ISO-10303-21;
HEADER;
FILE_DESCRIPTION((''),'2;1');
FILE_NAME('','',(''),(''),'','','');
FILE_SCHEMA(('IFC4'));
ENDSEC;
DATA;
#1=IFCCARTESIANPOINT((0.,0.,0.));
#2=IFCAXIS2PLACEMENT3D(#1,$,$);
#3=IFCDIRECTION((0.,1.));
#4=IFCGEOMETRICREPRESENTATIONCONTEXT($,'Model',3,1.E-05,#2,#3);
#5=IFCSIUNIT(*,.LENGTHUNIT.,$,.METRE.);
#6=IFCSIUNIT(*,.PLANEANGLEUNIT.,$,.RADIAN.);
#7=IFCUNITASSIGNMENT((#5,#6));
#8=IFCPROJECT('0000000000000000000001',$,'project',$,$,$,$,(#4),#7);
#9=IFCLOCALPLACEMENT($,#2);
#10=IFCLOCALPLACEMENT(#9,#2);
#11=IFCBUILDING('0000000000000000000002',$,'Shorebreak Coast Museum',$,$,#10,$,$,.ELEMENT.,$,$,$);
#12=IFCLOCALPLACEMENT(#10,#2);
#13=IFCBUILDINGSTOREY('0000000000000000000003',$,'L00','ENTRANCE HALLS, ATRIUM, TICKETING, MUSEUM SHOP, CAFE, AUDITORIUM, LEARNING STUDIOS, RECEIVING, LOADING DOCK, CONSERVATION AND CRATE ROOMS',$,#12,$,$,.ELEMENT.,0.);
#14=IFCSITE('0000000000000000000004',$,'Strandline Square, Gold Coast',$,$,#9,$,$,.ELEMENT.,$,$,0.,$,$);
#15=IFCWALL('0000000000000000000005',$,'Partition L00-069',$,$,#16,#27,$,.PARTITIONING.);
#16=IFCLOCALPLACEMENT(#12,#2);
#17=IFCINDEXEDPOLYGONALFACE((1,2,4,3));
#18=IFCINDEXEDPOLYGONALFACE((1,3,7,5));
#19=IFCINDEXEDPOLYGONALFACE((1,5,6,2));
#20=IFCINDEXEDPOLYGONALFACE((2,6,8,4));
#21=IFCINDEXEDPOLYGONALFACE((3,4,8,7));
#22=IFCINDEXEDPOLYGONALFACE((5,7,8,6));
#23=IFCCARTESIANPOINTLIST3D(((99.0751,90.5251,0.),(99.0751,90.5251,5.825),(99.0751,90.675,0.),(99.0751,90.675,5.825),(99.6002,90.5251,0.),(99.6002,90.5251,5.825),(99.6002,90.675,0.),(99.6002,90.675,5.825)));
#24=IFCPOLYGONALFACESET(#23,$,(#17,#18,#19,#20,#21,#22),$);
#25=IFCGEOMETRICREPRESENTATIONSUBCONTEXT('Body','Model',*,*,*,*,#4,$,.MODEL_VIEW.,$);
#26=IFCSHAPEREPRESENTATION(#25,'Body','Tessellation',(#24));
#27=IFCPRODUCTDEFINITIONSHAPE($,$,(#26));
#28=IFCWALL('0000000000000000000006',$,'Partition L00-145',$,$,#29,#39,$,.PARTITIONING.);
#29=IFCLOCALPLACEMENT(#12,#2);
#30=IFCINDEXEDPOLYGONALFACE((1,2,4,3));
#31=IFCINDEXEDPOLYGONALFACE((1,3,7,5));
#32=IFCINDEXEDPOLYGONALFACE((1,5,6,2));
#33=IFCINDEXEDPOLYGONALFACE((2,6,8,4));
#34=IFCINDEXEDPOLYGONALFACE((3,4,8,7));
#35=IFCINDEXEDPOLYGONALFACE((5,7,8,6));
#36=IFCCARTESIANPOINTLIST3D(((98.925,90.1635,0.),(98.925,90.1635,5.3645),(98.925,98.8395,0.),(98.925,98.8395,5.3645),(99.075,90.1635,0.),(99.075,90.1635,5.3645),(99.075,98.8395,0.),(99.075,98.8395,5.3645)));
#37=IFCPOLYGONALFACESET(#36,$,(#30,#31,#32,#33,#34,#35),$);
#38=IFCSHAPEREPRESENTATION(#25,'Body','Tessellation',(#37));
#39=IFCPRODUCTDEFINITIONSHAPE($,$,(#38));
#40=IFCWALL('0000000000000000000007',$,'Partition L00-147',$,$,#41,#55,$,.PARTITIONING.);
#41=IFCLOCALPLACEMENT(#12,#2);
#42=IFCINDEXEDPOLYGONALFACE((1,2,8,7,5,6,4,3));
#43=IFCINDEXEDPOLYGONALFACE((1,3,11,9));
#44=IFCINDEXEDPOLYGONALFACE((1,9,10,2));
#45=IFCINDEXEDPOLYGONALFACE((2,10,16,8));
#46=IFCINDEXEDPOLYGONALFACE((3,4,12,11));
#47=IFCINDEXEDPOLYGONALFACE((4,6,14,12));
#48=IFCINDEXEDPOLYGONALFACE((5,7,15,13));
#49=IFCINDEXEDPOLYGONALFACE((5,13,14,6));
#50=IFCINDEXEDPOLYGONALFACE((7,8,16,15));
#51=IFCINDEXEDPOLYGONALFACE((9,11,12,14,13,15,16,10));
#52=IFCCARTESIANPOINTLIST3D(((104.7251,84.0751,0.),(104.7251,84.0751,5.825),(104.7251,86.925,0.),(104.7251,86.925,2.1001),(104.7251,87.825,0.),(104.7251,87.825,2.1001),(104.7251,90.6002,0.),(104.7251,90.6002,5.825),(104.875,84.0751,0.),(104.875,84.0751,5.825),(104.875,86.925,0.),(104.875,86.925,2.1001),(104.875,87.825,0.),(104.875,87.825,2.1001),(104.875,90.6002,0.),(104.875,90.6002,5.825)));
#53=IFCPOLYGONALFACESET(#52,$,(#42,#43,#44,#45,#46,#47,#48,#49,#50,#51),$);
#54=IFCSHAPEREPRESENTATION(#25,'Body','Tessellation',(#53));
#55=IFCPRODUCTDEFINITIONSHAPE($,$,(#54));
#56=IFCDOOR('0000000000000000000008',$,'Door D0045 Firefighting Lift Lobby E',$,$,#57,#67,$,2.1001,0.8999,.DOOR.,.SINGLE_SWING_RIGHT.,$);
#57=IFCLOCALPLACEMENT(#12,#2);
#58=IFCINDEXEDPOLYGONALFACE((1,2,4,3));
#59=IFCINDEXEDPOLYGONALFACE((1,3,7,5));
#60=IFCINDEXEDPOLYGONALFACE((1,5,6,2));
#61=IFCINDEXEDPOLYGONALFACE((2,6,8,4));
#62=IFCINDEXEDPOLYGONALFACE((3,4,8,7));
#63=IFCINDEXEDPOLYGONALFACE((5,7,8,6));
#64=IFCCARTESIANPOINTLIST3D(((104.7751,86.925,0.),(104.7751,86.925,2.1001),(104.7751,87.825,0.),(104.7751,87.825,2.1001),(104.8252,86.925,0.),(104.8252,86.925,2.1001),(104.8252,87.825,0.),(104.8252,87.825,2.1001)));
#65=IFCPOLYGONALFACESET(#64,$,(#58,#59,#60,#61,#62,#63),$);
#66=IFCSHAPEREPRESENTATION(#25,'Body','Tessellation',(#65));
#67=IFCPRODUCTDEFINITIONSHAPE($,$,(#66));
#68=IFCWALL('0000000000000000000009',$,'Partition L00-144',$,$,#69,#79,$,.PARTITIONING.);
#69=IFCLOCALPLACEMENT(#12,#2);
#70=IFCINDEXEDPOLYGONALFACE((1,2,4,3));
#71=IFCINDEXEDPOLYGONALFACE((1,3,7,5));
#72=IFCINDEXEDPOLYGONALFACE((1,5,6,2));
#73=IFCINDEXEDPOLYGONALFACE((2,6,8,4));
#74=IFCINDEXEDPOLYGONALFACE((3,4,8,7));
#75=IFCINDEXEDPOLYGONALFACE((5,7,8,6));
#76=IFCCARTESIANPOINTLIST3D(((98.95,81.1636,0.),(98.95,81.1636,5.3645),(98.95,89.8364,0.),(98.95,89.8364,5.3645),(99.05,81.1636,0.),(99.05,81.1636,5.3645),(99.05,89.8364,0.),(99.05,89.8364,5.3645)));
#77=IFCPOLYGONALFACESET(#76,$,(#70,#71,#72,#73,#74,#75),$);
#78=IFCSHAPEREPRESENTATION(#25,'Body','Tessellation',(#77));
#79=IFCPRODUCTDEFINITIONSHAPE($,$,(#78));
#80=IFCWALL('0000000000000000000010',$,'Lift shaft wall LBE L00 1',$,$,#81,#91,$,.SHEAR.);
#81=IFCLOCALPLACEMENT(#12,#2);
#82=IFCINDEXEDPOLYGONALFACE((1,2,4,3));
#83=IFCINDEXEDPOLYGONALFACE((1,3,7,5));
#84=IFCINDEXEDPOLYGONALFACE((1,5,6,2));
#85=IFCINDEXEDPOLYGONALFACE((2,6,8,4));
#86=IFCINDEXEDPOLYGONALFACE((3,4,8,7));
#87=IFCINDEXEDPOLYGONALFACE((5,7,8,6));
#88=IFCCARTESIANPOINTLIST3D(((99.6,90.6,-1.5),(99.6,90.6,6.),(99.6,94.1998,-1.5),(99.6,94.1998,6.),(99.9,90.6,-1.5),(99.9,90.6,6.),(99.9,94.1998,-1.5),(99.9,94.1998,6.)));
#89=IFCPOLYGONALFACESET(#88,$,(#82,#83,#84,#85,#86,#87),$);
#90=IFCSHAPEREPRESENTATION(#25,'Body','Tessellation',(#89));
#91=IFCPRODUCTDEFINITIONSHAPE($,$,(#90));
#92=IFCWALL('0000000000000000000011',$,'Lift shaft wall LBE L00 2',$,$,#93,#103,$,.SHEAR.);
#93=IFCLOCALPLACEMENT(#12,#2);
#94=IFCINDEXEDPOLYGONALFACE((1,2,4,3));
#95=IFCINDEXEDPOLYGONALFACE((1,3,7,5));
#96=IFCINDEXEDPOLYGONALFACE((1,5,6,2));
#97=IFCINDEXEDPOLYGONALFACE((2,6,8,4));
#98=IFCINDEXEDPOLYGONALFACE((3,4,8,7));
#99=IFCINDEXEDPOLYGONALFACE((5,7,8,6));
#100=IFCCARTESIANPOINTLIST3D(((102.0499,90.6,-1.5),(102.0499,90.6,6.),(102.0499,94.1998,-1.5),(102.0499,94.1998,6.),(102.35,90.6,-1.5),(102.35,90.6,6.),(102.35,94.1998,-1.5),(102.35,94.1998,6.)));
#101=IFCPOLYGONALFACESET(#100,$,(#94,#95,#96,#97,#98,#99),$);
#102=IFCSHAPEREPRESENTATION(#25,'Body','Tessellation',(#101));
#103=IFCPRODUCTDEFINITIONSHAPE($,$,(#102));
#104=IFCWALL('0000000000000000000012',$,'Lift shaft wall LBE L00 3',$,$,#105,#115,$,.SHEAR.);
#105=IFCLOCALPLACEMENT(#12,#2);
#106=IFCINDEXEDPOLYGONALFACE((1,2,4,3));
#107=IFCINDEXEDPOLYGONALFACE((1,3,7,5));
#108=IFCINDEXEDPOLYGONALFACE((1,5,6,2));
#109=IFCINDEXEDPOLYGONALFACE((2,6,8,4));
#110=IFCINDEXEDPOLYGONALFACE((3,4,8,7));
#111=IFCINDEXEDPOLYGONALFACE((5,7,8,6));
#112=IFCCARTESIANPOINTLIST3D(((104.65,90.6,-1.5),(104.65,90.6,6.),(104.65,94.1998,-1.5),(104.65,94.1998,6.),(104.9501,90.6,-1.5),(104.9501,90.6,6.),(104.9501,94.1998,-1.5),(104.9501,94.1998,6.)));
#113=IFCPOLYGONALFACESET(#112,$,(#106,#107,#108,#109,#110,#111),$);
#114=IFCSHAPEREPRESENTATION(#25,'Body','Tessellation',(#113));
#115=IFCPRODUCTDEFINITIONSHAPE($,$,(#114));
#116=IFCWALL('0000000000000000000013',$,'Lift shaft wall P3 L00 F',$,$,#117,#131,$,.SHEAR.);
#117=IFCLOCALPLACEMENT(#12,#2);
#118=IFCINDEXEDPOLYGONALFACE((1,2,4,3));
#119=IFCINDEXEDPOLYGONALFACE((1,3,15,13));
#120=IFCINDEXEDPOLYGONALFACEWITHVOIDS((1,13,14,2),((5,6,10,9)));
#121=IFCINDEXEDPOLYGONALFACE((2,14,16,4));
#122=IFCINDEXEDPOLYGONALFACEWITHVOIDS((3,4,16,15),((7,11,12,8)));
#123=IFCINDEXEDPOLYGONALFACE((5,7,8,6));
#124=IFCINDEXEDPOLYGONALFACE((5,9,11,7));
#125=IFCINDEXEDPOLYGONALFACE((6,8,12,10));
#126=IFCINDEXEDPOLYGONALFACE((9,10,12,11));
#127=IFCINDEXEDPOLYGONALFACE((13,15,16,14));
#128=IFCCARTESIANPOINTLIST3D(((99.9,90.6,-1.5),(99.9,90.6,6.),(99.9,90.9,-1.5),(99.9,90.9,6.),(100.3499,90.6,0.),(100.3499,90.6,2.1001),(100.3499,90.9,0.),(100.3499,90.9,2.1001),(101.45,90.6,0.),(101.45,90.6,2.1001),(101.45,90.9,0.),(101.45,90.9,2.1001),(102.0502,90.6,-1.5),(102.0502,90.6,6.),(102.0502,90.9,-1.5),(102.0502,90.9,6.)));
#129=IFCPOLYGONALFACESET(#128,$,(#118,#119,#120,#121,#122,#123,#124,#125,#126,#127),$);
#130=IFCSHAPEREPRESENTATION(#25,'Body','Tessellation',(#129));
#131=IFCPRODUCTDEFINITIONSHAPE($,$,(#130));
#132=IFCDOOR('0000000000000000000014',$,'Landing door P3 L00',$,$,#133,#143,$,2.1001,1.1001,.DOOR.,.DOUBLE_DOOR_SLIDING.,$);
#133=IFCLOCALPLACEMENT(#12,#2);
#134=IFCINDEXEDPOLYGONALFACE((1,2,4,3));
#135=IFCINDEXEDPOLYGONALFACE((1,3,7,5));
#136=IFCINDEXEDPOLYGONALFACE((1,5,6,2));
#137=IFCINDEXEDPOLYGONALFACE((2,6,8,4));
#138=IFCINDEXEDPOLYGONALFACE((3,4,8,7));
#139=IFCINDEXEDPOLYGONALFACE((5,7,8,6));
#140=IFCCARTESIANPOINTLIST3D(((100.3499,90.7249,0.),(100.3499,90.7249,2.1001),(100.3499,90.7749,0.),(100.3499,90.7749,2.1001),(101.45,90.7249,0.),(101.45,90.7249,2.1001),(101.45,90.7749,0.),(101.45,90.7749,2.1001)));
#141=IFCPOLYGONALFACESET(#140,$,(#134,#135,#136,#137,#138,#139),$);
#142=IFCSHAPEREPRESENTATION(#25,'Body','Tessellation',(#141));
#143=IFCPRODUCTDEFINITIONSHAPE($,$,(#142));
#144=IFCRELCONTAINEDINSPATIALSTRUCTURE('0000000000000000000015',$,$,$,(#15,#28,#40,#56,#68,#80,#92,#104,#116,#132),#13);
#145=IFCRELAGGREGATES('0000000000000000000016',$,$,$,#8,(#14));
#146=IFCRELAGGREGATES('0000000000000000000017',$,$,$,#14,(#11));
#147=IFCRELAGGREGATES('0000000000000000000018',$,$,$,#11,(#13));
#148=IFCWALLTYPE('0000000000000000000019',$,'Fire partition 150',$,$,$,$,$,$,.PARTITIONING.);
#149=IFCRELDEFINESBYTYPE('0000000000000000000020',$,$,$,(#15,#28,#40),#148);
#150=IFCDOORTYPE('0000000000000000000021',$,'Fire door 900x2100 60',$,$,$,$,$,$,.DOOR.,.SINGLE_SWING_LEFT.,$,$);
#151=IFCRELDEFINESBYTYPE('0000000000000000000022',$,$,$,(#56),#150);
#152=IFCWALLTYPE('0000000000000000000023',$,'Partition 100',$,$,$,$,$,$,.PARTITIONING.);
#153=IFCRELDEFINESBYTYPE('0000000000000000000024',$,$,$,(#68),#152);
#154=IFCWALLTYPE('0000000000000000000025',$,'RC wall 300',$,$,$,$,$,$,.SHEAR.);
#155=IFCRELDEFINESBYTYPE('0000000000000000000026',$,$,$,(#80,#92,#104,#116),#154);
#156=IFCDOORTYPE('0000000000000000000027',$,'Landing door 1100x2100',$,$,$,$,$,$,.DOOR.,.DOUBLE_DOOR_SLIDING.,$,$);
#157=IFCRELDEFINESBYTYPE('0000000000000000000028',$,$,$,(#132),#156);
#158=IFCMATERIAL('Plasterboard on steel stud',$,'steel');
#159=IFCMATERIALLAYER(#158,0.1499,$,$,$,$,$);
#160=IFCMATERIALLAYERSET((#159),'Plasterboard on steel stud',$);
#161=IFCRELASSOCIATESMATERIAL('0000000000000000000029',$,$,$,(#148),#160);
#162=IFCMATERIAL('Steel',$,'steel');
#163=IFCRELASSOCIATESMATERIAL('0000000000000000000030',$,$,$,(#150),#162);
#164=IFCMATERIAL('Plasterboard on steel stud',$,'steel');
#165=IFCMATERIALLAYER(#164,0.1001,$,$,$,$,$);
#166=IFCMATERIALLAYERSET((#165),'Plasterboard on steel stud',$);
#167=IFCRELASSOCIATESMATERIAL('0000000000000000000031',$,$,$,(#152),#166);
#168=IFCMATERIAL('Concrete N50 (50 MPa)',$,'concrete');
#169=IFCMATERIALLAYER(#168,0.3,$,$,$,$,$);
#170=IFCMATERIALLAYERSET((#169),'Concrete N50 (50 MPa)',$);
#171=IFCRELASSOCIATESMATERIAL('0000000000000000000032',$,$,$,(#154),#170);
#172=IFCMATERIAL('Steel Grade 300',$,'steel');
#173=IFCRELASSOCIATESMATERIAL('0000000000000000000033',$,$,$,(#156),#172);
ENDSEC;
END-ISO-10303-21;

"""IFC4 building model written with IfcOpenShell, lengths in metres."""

from ifc_helpers import new_model, si_unit, direction, frame, frame_2d, origin, place, context, subcontext, project, spatial, rectangle, extrude, material, layer, layer_set, type_object, element, fill, save


model = new_model("IFC4")

# Units and contexts
model_context = context("Model", 3, precision=1e-05, world=origin(), true_north=direction((0.0, 1.0)))
body_context = subcontext(model_context, "Body", "Model", "MODEL_VIEW")
ifc_project = project(units=[si_unit("LENGTHUNIT", "METRE"), si_unit("PLANEANGLEUNIT", "RADIAN")], contexts=[model_context])

# Site, building, storey
site_placement = place(None, origin())
site = spatial("IfcSite", under=ifc_project, at=site_placement, Name="Strandline Square, Gold Coast", CompositionType="ELEMENT", RefElevation=0.0)
building_placement = place(site_placement, origin())
building = spatial("IfcBuilding", under=site, at=building_placement, Name="Shorebreak Coast Museum", CompositionType="ELEMENT")
storey_placement = place(building_placement, origin())
storey = spatial("IfcBuildingStorey", under=building, at=storey_placement, Name="L00", Description="ENTRANCE HALLS, ATRIUM, TICKETING, MUSEUM SHOP, CAFE, AUDITORIUM, LEARNING STUDIOS, RECEIVING, LOADING DOCK, CONSERVATION AND CRATE ROOMS", CompositionType="ELEMENT", Elevation=0.0)

# Walls
ifc_material_1 = material(Name="Plasterboard on steel stud", Category="steel")
ifc_layer_1 = layer(ifc_material_1, 0.1499)
ifc_layer_set_1 = layer_set([ifc_layer_1], Name="Plasterboard on steel stud")
wall_type_1 = type_object("IfcWallType", Name="Fire partition 150", PredefinedType="PARTITIONING", material=ifc_layer_set_1)
wall_1_placement = place(storey_placement, frame((99.075, 90.6001, 0.0), z_axis=(0.0, 0.0, 1.0), x_axis=(1.0, 0.0, 0.0)))
element("IfcWall", 1, at=wall_1_placement, inside=storey, type_object=wall_type_1, Name="Partition L00-069", PredefinedType="PARTITIONING", context=body_context, shape_type="SweptSolid", body=[
    extrude(rectangle(XDim=0.5251, YDim=0.1499, at=frame_2d((0.2627, 0.0))), origin(), (0.0, 0.0, 1.0), 5.825),
])
wall_2_placement = place(storey_placement, frame((99.0, 90.1636, 0.0), z_axis=(0.0, 0.0, 1.0), x_axis=(0.0, 1.0, 0.0)))
element("IfcWall", 2, at=wall_2_placement, inside=storey, type_object=wall_type_1, Name="Partition L00-145", PredefinedType="PARTITIONING", context=body_context, shape_type="SweptSolid", body=[
    extrude(rectangle(XDim=8.676, YDim=0.1499, at=frame_2d((4.3379, 0.0))), origin(), (0.0, 0.0, 1.0), 5.3645),
])

# Wall, opening, door
wall_3_placement = place(storey_placement, frame((104.8, 84.075, 0.0), z_axis=(0.0, 0.0, 1.0), x_axis=(0.0, 1.0, 0.0)))
wall_3 = element("IfcWall", 3, at=wall_3_placement, inside=storey, type_object=wall_type_1, Name="Partition L00-147", PredefinedType="PARTITIONING", context=body_context, shape_type="SweptSolid", body=[
    extrude(rectangle(XDim=6.5251, YDim=0.1499, at=frame_2d((3.2627, 0.0))), origin(), (0.0, 0.0, 1.0), 5.825),
])
opening_1_placement = place(wall_3_placement, frame((2.8501, 0.0, 0.0)))
opening_1 = element("IfcOpeningElement", 4, at=opening_1_placement, cuts=wall_3, PredefinedType="OPENING", context=body_context, shape_type="SweptSolid", body=[
    extrude(rectangle(XDim=0.8999, YDim=2.1001, at=frame_2d((0.45, 1.05))), frame((0.0, 0.085, 0.0), z_axis=(0.0, -1.0, 0.0), x_axis=(1.0, 0.0, 0.0)), (0.0, 0.0, 1.0), 0.1699),
])
ifc_material_2 = material(Name="Steel", Category="steel")
door_type_1 = type_object("IfcDoorType", Name="Fire door 900x2100 60", OperationType="SINGLE_SWING_LEFT", PredefinedType="DOOR", material=ifc_material_2)
door_1_placement = place(opening_1_placement, origin())
door_1 = element("IfcDoor", 5, at=door_1_placement, inside=storey, type_object=door_type_1, Name="Door D0045 Firefighting Lift Lobby E", OperationType="SINGLE_SWING_RIGHT", OverallHeight=2.1001, OverallWidth=0.8999, PredefinedType="DOOR", context=body_context, shape_type="SweptSolid", body=[
    extrude(rectangle(XDim=0.8999, YDim=2.1001, at=frame_2d((0.45, 1.05))), frame((0.0, 0.0249, 0.0), z_axis=(0.0, -1.0, 0.0), x_axis=(1.0, 0.0, 0.0)), (0.0, 0.0, 1.0), 0.05),
])
fill(opening_1, door_1)

# Walls
ifc_material_3 = material(Name="Plasterboard on steel stud", Category="steel")
ifc_layer_2 = layer(ifc_material_3, 0.1001)
ifc_layer_set_2 = layer_set([ifc_layer_2], Name="Plasterboard on steel stud")
wall_type_2 = type_object("IfcWallType", Name="Partition 100", PredefinedType="PARTITIONING", material=ifc_layer_set_2)
wall_4_placement = place(storey_placement, frame((99.0, 81.1636, 0.0), z_axis=(0.0, 0.0, 1.0), x_axis=(0.0, 1.0, 0.0)))
element("IfcWall", 6, at=wall_4_placement, inside=storey, type_object=wall_type_2, Name="Partition L00-144", PredefinedType="PARTITIONING", context=body_context, shape_type="SweptSolid", body=[
    extrude(rectangle(XDim=8.6729, YDim=0.1001, at=frame_2d((4.3364, 0.0))), origin(), (0.0, 0.0, 1.0), 5.3645),
])
ifc_material_4 = material(Name="Concrete N50 (50 MPa)", Category="concrete")
ifc_layer_3 = layer(ifc_material_4, 0.3)
ifc_layer_set_3 = layer_set([ifc_layer_3], Name="Concrete N50 (50 MPa)")
wall_type_3 = type_object("IfcWallType", Name="RC wall 300", PredefinedType="SHEAR", material=ifc_layer_set_3)
for number, where, z_axis, x_axis, name in (
    (7, (99.75, 90.6001, -1.5), (0.0, 0.0, 1.0), (0.0, 1.0, 0.0), "Lift shaft wall LBE L00 1"),
    (8, (102.2, 90.6001, -1.5), (0.0, 0.0, 1.0), (0.0, 1.0, 0.0), "Lift shaft wall LBE L00 2"),
    (9, (104.8, 90.6001, -1.5), (0.0, 0.0, 1.0), (0.0, 1.0, 0.0), "Lift shaft wall LBE L00 3"),
):
    element("IfcWall", number, at=place(storey_placement, frame(where, z_axis=z_axis, x_axis=x_axis)), inside=storey, type_object=wall_type_3, Name=name, PredefinedType="SHEAR", context=body_context, shape_type="SweptSolid", body=[
        extrude(rectangle(XDim=3.5999, YDim=0.3, at=frame_2d((1.7998, 0.0))), origin(), (0.0, 0.0, 1.0), 7.5),
    ])

# Wall, opening, door
wall_5_placement = place(storey_placement, frame((99.8999, 90.75, -1.5), z_axis=(0.0, 0.0, 1.0), x_axis=(1.0, 0.0, 0.0)))
wall_5 = element("IfcWall", 10, at=wall_5_placement, inside=storey, type_object=wall_type_3, Name="Lift shaft wall P3 L00 F", PredefinedType="SHEAR", context=body_context, shape_type="SweptSolid", body=[
    extrude(rectangle(XDim=2.1501, YDim=0.3, at=frame_2d((1.0752, 0.0))), origin(), (0.0, 0.0, 1.0), 7.5),
])
opening_2_placement = place(wall_5_placement, frame((0.45, 0.0, 1.5)))
opening_2 = element("IfcOpeningElement", 11, at=opening_2_placement, cuts=wall_5, PredefinedType="OPENING", context=body_context, shape_type="SweptSolid", body=[
    extrude(rectangle(XDim=1.1001, YDim=2.1001, at=frame_2d((0.55, 1.05))), frame((0.0, 0.1599, 0.0), z_axis=(0.0, -1.0, 0.0), x_axis=(1.0, 0.0, 0.0)), (0.0, 0.0, 1.0), 0.3201),
])
ifc_material_5 = material(Name="Steel Grade 300", Category="steel")
door_type_2 = type_object("IfcDoorType", Name="Landing door 1100x2100", OperationType="DOUBLE_DOOR_SLIDING", PredefinedType="DOOR", material=ifc_material_5)
door_2_placement = place(opening_2_placement, origin())
door_2 = element("IfcDoor", 12, at=door_2_placement, inside=storey, type_object=door_type_2, Name="Landing door P3 L00", OperationType="DOUBLE_DOOR_SLIDING", OverallHeight=2.1001, OverallWidth=1.1001, PredefinedType="DOOR", context=body_context, shape_type="SweptSolid", body=[
    extrude(rectangle(XDim=1.1001, YDim=2.1001, at=frame_2d((0.55, 1.05))), frame((0.0, 0.0249, 0.0), z_axis=(0.0, -1.0, 0.0), x_axis=(1.0, 0.0, 0.0)), (0.0, 0.0, 1.0), 0.05),
])
fill(opening_2, door_2)

save(model, "model.ifc")
